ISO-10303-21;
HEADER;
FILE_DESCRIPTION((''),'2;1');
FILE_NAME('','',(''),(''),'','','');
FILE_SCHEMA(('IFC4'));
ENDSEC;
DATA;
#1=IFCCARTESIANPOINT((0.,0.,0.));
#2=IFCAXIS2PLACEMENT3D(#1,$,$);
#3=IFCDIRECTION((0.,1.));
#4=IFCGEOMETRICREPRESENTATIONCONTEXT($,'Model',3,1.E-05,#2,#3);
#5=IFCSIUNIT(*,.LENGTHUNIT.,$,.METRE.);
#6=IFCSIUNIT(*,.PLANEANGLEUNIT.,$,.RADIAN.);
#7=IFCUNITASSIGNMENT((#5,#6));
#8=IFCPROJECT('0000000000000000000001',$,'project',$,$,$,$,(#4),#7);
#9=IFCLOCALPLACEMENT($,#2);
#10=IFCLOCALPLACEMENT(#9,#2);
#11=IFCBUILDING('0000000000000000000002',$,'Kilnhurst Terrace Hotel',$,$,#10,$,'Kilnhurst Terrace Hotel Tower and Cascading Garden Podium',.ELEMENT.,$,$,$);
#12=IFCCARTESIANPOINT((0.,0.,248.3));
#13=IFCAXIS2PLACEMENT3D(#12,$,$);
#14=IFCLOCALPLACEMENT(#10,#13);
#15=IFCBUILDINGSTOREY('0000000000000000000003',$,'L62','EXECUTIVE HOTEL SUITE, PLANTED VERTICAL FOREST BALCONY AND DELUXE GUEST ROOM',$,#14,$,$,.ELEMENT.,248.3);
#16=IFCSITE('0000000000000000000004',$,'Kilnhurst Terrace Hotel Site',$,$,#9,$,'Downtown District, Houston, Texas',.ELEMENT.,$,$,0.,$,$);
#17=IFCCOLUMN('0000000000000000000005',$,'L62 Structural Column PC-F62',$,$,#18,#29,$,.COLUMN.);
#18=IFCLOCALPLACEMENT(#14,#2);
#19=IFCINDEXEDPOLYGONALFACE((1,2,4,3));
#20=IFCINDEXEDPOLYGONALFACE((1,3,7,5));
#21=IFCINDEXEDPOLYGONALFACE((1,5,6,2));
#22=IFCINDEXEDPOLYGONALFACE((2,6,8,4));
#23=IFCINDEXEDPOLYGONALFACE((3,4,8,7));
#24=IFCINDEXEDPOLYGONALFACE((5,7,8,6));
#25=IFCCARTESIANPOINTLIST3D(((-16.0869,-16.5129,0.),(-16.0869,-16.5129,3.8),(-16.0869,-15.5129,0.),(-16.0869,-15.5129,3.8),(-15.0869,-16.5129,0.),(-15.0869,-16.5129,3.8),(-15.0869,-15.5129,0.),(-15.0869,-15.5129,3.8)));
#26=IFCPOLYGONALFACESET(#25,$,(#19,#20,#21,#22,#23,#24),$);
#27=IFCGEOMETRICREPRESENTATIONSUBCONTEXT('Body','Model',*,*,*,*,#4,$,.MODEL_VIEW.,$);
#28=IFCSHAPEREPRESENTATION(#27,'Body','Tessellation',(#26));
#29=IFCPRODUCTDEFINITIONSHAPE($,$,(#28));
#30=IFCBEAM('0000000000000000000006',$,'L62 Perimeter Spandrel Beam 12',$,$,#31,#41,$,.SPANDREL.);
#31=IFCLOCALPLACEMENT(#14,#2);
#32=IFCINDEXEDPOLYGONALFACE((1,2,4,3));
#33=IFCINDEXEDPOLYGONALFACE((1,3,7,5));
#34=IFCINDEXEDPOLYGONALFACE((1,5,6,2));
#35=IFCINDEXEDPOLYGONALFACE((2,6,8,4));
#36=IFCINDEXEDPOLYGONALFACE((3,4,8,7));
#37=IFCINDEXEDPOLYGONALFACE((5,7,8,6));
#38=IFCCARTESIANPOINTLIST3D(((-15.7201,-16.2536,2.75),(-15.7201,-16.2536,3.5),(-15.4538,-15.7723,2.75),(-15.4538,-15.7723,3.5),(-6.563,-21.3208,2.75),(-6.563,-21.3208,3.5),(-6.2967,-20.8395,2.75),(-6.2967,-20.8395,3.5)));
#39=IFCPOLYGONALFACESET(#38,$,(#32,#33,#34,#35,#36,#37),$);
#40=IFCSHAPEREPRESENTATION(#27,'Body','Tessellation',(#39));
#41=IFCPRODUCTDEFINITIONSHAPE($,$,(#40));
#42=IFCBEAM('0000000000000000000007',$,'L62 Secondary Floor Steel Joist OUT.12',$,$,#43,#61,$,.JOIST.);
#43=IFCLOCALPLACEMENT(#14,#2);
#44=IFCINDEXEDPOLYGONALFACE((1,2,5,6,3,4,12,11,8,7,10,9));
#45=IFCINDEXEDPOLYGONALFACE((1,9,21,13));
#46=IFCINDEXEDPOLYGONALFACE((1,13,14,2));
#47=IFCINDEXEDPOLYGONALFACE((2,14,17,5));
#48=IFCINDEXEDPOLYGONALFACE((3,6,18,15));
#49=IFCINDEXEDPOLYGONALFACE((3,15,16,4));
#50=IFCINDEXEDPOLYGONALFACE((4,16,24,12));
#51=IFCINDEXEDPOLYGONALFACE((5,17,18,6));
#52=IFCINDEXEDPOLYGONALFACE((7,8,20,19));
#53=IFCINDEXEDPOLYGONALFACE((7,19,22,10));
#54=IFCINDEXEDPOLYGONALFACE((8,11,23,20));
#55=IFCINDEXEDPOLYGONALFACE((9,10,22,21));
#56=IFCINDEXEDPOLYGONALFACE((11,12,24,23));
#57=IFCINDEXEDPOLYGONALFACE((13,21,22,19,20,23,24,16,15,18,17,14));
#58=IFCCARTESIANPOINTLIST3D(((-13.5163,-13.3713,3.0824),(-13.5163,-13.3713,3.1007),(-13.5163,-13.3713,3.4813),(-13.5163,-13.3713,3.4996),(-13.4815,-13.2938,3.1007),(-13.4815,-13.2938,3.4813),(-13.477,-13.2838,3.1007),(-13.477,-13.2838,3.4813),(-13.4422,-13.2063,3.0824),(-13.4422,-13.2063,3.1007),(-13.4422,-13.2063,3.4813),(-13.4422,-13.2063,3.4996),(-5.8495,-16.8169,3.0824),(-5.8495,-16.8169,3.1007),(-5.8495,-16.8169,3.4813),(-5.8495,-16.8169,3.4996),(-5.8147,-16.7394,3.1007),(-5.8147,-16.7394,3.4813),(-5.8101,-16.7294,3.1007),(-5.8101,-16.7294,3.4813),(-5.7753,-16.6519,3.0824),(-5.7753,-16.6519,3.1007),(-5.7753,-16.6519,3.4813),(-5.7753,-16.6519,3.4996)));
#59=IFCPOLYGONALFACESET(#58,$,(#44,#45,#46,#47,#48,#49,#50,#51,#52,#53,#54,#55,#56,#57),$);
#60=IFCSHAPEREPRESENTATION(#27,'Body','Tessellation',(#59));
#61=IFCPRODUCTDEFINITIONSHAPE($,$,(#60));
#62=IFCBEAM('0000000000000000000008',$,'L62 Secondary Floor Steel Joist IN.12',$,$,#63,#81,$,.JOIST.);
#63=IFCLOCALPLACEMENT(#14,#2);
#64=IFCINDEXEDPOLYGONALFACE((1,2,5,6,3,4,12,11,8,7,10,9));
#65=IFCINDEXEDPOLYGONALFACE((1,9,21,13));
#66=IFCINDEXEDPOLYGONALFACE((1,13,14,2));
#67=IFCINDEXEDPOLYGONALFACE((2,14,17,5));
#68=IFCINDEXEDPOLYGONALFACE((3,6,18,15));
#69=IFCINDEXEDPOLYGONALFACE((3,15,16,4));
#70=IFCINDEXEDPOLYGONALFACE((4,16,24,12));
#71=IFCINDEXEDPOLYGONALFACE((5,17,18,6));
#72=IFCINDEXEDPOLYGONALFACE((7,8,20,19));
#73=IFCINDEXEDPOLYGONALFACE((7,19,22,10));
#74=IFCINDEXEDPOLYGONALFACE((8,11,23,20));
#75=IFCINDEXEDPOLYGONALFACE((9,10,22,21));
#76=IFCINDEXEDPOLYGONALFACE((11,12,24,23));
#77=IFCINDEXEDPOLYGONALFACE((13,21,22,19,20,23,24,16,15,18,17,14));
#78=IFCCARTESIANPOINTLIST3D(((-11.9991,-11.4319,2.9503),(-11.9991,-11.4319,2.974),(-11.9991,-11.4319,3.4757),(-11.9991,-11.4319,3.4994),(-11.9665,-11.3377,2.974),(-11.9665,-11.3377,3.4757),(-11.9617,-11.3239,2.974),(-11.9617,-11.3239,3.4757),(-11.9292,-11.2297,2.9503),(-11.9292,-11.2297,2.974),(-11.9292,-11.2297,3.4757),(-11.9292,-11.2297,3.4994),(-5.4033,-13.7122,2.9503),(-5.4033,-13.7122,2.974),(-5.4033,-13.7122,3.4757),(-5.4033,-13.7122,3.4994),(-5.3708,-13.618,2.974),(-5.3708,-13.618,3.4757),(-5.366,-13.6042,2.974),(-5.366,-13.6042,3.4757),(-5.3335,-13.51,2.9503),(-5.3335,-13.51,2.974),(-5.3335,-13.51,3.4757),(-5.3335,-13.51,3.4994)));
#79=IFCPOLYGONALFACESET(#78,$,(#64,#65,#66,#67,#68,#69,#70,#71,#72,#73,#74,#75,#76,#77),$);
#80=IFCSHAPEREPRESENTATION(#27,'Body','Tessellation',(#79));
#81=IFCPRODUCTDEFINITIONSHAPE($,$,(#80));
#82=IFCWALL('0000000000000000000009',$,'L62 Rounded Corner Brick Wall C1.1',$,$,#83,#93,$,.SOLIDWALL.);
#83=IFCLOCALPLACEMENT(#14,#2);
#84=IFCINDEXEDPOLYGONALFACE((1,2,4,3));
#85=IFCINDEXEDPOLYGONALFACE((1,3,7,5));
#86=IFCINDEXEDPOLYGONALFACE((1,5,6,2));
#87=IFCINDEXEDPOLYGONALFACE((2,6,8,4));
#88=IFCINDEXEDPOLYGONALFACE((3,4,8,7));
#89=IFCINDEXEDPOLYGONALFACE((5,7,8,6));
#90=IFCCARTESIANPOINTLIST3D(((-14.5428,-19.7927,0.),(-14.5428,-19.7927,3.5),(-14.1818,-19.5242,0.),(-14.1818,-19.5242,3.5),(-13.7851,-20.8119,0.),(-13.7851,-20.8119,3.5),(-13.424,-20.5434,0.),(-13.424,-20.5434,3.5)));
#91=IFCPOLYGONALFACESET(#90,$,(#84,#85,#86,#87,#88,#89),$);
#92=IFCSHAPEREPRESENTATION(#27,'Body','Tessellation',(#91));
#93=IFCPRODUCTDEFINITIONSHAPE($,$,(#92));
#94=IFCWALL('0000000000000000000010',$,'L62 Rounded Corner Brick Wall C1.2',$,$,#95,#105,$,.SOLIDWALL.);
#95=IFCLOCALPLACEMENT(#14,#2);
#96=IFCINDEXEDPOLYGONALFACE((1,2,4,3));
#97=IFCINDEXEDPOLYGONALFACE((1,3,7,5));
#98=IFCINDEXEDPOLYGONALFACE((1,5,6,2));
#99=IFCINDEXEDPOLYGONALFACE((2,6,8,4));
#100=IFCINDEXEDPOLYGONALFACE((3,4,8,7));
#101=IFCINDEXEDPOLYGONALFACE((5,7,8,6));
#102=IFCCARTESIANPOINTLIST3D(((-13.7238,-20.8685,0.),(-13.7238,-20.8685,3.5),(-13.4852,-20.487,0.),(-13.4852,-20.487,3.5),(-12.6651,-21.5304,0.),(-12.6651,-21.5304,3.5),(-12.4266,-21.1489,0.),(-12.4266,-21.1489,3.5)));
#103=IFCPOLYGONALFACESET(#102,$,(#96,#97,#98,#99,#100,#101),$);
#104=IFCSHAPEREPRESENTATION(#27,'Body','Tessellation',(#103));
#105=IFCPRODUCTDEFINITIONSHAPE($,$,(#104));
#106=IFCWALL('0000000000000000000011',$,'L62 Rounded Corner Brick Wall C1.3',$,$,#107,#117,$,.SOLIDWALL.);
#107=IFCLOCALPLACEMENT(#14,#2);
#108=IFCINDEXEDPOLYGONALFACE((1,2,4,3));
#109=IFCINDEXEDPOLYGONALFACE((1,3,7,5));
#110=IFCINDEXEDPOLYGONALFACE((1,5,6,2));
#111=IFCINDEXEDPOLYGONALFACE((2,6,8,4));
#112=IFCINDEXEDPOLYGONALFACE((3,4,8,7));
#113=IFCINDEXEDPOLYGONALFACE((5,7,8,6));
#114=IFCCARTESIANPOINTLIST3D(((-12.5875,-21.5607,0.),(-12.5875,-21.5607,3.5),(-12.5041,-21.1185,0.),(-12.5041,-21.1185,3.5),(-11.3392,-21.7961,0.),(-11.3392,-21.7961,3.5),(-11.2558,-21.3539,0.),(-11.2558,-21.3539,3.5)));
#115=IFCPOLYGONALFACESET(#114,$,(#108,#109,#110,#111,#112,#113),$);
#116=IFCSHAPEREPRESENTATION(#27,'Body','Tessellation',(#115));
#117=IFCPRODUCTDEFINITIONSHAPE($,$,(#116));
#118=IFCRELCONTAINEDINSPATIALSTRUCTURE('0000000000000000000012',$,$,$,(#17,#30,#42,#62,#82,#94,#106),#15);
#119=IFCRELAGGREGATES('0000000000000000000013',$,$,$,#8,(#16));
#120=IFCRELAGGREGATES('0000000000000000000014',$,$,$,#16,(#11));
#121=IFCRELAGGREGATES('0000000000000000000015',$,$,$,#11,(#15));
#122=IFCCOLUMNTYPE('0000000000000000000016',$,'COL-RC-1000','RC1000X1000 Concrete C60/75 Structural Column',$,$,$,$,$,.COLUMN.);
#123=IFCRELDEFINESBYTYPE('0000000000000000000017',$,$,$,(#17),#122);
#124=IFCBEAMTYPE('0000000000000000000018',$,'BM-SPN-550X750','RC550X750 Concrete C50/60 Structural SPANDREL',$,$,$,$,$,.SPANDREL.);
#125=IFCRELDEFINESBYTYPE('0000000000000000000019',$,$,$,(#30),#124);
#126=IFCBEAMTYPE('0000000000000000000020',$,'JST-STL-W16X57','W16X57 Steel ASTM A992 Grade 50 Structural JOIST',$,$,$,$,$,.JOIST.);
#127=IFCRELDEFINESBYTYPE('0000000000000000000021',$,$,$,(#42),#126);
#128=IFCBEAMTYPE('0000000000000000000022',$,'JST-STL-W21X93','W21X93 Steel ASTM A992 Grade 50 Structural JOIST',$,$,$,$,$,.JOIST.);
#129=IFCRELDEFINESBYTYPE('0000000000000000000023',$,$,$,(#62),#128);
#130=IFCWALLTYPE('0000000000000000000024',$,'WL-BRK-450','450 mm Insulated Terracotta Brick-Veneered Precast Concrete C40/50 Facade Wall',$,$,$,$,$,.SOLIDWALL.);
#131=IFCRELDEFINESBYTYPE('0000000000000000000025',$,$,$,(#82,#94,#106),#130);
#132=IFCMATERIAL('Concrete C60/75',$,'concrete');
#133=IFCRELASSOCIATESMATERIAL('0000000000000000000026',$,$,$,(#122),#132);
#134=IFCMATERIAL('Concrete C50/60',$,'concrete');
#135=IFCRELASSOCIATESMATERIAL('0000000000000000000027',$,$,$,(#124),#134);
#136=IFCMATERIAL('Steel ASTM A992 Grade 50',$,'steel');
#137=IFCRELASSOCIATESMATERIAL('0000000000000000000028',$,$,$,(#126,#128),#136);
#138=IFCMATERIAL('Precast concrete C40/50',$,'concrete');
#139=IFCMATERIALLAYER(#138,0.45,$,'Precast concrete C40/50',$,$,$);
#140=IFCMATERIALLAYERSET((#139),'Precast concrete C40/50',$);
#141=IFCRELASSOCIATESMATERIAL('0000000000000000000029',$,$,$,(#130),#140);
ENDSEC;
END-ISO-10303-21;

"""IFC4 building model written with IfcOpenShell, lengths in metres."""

from ifc_helpers import new_model, si_unit, direction, frame, frame_2d, origin, origin_2d, place, context, subcontext, project, spatial, rectangle, i_section, extrude, material, layer, layer_set, material_profile, profile_set, type_object, element, save


model = new_model("IFC4")

# Units and contexts
model_context = context("Model", 3, precision=1e-05, world=origin(), true_north=direction((0.0, 1.0)))
body_context = subcontext(model_context, "Body", "Model", "MODEL_VIEW")
ifc_project = project(units=[si_unit("LENGTHUNIT", "METRE"), si_unit("PLANEANGLEUNIT", "RADIAN")], contexts=[model_context])

# Site, building, storey
site_placement = place(None, origin())
site = spatial("IfcSite", under=ifc_project, at=site_placement, Name="Kilnhurst Terrace Hotel Site", LongName="Downtown District, Houston, Texas", CompositionType="ELEMENT", RefElevation=0.0)
building_placement = place(site_placement, origin())
building = spatial("IfcBuilding", under=site, at=building_placement, Name="Kilnhurst Terrace Hotel", LongName="Kilnhurst Terrace Hotel Tower and Cascading Garden Podium", CompositionType="ELEMENT")
storey_placement = place(building_placement, frame((0.0, 0.0, 248.3)))
storey = spatial("IfcBuildingStorey", under=building, at=storey_placement, Name="L62", Description="EXECUTIVE HOTEL SUITE, PLANTED VERTICAL FOREST BALCONY AND DELUXE GUEST ROOM", CompositionType="ELEMENT", Elevation=248.3)

# Column
ifc_material_1 = material(Name="Concrete C60/75", Category="concrete")
ifc_material_profile_1 = material_profile(ifc_material_1, rectangle(XDim=1.0, YDim=1.0, at=origin_2d()), Name="RC1000X1000")
ifc_profile_set_1 = profile_set([ifc_material_profile_1], Name="Concrete C60/75")
column_type = type_object("IfcColumnType", Name="COL-RC-1000", Description="RC1000X1000 Concrete C60/75 Structural Column", PredefinedType="COLUMN", material=ifc_profile_set_1)
column_placement = place(storey_placement, frame((-15.5869, -16.0129, 0.0), z_axis=(0.0, 0.0, 1.0), x_axis=(1.0, 0.0, 0.0)))
element("IfcColumn", 1, at=column_placement, inside=storey, type_object=column_type, Name="L62 Structural Column PC-F62", PredefinedType="COLUMN", context=body_context, shape_type="SweptSolid", body=[
    extrude(rectangle(XDim=1.0, YDim=1.0, at=origin_2d()), origin(), (0.0, 0.0, 1.0), 3.8),
])

# Beams
ifc_material_2 = material(Name="Concrete C50/60", Category="concrete")
ifc_material_profile_2 = material_profile(ifc_material_2, rectangle(XDim=0.55, YDim=0.75, at=origin_2d()), Name="RC550X750")
ifc_profile_set_2 = profile_set([ifc_material_profile_2], Name="Concrete C50/60")
beam_type_1 = type_object("IfcBeamType", Name="BM-SPN-550X750", Description="RC550X750 Concrete C50/60 Structural SPANDREL", PredefinedType="SPANDREL", material=ifc_profile_set_2)
beam_1_placement = place(storey_placement, frame((-15.5869, -16.0129, 3.125), z_axis=(0.87497, -0.484177, 0.0), x_axis=(0.484177, 0.87497, 0.0)))
element("IfcBeam", 2, at=beam_1_placement, inside=storey, type_object=beam_type_1, Name="L62 Perimeter Spandrel Beam 12", PredefinedType="SPANDREL", context=body_context, shape_type="SweptSolid", body=[
    extrude(rectangle(XDim=0.55, YDim=0.75, at=origin_2d()), origin(), (0.0, 0.0, 1.0), 10.4656),
])
ifc_material_3 = material(Name="Steel ASTM A992 Grade 50", Category="steel")
ifc_material_profile_3 = material_profile(ifc_material_3, i_section(OverallWidth=0.1809, OverallDepth=0.4172, WebThickness=0.011, FlangeThickness=0.0183, at=origin_2d()), Name="W16X57")
ifc_profile_set_3 = profile_set([ifc_material_profile_3], Name="Steel ASTM A992 Grade 50")
beam_type_2 = type_object("IfcBeamType", Name="JST-STL-W16X57", Description="W16X57 Steel ASTM A992 Grade 50 Structural JOIST", PredefinedType="JOIST", material=ifc_profile_set_3)
beam_2_placement = place(storey_placement, frame((-13.4792, -13.2888, 3.291), z_axis=(0.912121, -0.409921, 0.0), x_axis=(0.409921, 0.912121, 0.0)))
element("IfcBeam", 3, at=beam_2_placement, inside=storey, type_object=beam_type_2, Name="L62 Secondary Floor Steel Joist OUT.12", PredefinedType="JOIST", context=body_context, shape_type="SweptSolid", body=[
    extrude(i_section(OverallWidth=0.1809, OverallDepth=0.4172, WebThickness=0.011, FlangeThickness=0.0183, at=origin_2d()), origin(), (0.0, 0.0, 1.0), 8.4055),
])
ifc_material_profile_4 = material_profile(ifc_material_3, i_section(OverallWidth=0.2139, OverallDepth=0.5491, WebThickness=0.0146, FlangeThickness=0.0237, at=origin_2d()), Name="W21X93")
ifc_profile_set_4 = profile_set([ifc_material_profile_4], Name="Steel ASTM A992 Grade 50")
beam_type_3 = type_object("IfcBeamType", Name="JST-STL-W21X93", Description="W21X93 Steel ASTM A992 Grade 50 Structural JOIST", PredefinedType="JOIST", material=ifc_profile_set_4)
beam_3_placement = place(storey_placement, frame((-11.9641, -11.3308, 3.2249), z_axis=(0.945112, -0.326745, 0.0), x_axis=(0.326745, 0.945112, 0.0)))
element("IfcBeam", 4, at=beam_3_placement, inside=storey, type_object=beam_type_3, Name="L62 Secondary Floor Steel Joist IN.12", PredefinedType="JOIST", context=body_context, shape_type="SweptSolid", body=[
    extrude(i_section(OverallWidth=0.2139, OverallDepth=0.5491, WebThickness=0.0146, FlangeThickness=0.0237, at=origin_2d()), origin(), (0.0, 0.0, 1.0), 6.9788),
])

# Walls
ifc_material_4 = material(Name="Precast concrete C40/50", Category="concrete")
ifc_layer_1 = layer(ifc_material_4, 0.45, Name="Precast concrete C40/50")
ifc_layer_set_1 = layer_set([ifc_layer_1], Name="Precast concrete C40/50")
wall_type_1 = type_object("IfcWallType", Name="WL-BRK-450", Description="450 mm Insulated Terracotta Brick-Veneered Precast Concrete C40/50 Facade Wall", PredefinedType="SOLIDWALL", material=ifc_layer_set_1)
wall_1_placement = place(storey_placement, frame((-14.3623, -19.6584, 0.0), z_axis=(0.0, 0.0, 1.0), x_axis=(0.596642, -0.802507, 0.0)))
element("IfcWall", 5, at=wall_1_placement, inside=storey, type_object=wall_type_1, Name="L62 Rounded Corner Brick Wall C1.1", PredefinedType="SOLIDWALL", context=body_context, shape_type="SweptSolid", body=[
    extrude(rectangle(XDim=1.27, YDim=0.45, at=frame_2d((0.635, 0.0))), origin(), (0.0, 0.0, 1.0), 3.5),
])
wall_2_placement = place(storey_placement, frame((-13.6045, -20.6777, 0.0), z_axis=(0.0, 0.0, 1.0), x_axis=(0.84791, -0.53014, 0.0)))
element("IfcWall", 6, at=wall_2_placement, inside=storey, type_object=wall_type_1, Name="L62 Rounded Corner Brick Wall C1.2", PredefinedType="SOLIDWALL", context=body_context, shape_type="SweptSolid", body=[
    extrude(rectangle(XDim=1.2485, YDim=0.45, at=frame_2d((0.6243, 0.0))), origin(), (0.0, 0.0, 1.0), 3.5),
])
wall_3_placement = place(storey_placement, frame((-12.5459, -21.3396, 0.0), z_axis=(0.0, 0.0, 1.0), x_axis=(0.982687, -0.185275, 0.0)))
element("IfcWall", 7, at=wall_3_placement, inside=storey, type_object=wall_type_1, Name="L62 Rounded Corner Brick Wall C1.3", PredefinedType="SOLIDWALL", context=body_context, shape_type="SweptSolid", body=[
    extrude(rectangle(XDim=1.2703, YDim=0.45, at=frame_2d((0.6353, 0.0))), origin(), (0.0, 0.0, 1.0), 3.5),
])

save(model, "model.ifc")
